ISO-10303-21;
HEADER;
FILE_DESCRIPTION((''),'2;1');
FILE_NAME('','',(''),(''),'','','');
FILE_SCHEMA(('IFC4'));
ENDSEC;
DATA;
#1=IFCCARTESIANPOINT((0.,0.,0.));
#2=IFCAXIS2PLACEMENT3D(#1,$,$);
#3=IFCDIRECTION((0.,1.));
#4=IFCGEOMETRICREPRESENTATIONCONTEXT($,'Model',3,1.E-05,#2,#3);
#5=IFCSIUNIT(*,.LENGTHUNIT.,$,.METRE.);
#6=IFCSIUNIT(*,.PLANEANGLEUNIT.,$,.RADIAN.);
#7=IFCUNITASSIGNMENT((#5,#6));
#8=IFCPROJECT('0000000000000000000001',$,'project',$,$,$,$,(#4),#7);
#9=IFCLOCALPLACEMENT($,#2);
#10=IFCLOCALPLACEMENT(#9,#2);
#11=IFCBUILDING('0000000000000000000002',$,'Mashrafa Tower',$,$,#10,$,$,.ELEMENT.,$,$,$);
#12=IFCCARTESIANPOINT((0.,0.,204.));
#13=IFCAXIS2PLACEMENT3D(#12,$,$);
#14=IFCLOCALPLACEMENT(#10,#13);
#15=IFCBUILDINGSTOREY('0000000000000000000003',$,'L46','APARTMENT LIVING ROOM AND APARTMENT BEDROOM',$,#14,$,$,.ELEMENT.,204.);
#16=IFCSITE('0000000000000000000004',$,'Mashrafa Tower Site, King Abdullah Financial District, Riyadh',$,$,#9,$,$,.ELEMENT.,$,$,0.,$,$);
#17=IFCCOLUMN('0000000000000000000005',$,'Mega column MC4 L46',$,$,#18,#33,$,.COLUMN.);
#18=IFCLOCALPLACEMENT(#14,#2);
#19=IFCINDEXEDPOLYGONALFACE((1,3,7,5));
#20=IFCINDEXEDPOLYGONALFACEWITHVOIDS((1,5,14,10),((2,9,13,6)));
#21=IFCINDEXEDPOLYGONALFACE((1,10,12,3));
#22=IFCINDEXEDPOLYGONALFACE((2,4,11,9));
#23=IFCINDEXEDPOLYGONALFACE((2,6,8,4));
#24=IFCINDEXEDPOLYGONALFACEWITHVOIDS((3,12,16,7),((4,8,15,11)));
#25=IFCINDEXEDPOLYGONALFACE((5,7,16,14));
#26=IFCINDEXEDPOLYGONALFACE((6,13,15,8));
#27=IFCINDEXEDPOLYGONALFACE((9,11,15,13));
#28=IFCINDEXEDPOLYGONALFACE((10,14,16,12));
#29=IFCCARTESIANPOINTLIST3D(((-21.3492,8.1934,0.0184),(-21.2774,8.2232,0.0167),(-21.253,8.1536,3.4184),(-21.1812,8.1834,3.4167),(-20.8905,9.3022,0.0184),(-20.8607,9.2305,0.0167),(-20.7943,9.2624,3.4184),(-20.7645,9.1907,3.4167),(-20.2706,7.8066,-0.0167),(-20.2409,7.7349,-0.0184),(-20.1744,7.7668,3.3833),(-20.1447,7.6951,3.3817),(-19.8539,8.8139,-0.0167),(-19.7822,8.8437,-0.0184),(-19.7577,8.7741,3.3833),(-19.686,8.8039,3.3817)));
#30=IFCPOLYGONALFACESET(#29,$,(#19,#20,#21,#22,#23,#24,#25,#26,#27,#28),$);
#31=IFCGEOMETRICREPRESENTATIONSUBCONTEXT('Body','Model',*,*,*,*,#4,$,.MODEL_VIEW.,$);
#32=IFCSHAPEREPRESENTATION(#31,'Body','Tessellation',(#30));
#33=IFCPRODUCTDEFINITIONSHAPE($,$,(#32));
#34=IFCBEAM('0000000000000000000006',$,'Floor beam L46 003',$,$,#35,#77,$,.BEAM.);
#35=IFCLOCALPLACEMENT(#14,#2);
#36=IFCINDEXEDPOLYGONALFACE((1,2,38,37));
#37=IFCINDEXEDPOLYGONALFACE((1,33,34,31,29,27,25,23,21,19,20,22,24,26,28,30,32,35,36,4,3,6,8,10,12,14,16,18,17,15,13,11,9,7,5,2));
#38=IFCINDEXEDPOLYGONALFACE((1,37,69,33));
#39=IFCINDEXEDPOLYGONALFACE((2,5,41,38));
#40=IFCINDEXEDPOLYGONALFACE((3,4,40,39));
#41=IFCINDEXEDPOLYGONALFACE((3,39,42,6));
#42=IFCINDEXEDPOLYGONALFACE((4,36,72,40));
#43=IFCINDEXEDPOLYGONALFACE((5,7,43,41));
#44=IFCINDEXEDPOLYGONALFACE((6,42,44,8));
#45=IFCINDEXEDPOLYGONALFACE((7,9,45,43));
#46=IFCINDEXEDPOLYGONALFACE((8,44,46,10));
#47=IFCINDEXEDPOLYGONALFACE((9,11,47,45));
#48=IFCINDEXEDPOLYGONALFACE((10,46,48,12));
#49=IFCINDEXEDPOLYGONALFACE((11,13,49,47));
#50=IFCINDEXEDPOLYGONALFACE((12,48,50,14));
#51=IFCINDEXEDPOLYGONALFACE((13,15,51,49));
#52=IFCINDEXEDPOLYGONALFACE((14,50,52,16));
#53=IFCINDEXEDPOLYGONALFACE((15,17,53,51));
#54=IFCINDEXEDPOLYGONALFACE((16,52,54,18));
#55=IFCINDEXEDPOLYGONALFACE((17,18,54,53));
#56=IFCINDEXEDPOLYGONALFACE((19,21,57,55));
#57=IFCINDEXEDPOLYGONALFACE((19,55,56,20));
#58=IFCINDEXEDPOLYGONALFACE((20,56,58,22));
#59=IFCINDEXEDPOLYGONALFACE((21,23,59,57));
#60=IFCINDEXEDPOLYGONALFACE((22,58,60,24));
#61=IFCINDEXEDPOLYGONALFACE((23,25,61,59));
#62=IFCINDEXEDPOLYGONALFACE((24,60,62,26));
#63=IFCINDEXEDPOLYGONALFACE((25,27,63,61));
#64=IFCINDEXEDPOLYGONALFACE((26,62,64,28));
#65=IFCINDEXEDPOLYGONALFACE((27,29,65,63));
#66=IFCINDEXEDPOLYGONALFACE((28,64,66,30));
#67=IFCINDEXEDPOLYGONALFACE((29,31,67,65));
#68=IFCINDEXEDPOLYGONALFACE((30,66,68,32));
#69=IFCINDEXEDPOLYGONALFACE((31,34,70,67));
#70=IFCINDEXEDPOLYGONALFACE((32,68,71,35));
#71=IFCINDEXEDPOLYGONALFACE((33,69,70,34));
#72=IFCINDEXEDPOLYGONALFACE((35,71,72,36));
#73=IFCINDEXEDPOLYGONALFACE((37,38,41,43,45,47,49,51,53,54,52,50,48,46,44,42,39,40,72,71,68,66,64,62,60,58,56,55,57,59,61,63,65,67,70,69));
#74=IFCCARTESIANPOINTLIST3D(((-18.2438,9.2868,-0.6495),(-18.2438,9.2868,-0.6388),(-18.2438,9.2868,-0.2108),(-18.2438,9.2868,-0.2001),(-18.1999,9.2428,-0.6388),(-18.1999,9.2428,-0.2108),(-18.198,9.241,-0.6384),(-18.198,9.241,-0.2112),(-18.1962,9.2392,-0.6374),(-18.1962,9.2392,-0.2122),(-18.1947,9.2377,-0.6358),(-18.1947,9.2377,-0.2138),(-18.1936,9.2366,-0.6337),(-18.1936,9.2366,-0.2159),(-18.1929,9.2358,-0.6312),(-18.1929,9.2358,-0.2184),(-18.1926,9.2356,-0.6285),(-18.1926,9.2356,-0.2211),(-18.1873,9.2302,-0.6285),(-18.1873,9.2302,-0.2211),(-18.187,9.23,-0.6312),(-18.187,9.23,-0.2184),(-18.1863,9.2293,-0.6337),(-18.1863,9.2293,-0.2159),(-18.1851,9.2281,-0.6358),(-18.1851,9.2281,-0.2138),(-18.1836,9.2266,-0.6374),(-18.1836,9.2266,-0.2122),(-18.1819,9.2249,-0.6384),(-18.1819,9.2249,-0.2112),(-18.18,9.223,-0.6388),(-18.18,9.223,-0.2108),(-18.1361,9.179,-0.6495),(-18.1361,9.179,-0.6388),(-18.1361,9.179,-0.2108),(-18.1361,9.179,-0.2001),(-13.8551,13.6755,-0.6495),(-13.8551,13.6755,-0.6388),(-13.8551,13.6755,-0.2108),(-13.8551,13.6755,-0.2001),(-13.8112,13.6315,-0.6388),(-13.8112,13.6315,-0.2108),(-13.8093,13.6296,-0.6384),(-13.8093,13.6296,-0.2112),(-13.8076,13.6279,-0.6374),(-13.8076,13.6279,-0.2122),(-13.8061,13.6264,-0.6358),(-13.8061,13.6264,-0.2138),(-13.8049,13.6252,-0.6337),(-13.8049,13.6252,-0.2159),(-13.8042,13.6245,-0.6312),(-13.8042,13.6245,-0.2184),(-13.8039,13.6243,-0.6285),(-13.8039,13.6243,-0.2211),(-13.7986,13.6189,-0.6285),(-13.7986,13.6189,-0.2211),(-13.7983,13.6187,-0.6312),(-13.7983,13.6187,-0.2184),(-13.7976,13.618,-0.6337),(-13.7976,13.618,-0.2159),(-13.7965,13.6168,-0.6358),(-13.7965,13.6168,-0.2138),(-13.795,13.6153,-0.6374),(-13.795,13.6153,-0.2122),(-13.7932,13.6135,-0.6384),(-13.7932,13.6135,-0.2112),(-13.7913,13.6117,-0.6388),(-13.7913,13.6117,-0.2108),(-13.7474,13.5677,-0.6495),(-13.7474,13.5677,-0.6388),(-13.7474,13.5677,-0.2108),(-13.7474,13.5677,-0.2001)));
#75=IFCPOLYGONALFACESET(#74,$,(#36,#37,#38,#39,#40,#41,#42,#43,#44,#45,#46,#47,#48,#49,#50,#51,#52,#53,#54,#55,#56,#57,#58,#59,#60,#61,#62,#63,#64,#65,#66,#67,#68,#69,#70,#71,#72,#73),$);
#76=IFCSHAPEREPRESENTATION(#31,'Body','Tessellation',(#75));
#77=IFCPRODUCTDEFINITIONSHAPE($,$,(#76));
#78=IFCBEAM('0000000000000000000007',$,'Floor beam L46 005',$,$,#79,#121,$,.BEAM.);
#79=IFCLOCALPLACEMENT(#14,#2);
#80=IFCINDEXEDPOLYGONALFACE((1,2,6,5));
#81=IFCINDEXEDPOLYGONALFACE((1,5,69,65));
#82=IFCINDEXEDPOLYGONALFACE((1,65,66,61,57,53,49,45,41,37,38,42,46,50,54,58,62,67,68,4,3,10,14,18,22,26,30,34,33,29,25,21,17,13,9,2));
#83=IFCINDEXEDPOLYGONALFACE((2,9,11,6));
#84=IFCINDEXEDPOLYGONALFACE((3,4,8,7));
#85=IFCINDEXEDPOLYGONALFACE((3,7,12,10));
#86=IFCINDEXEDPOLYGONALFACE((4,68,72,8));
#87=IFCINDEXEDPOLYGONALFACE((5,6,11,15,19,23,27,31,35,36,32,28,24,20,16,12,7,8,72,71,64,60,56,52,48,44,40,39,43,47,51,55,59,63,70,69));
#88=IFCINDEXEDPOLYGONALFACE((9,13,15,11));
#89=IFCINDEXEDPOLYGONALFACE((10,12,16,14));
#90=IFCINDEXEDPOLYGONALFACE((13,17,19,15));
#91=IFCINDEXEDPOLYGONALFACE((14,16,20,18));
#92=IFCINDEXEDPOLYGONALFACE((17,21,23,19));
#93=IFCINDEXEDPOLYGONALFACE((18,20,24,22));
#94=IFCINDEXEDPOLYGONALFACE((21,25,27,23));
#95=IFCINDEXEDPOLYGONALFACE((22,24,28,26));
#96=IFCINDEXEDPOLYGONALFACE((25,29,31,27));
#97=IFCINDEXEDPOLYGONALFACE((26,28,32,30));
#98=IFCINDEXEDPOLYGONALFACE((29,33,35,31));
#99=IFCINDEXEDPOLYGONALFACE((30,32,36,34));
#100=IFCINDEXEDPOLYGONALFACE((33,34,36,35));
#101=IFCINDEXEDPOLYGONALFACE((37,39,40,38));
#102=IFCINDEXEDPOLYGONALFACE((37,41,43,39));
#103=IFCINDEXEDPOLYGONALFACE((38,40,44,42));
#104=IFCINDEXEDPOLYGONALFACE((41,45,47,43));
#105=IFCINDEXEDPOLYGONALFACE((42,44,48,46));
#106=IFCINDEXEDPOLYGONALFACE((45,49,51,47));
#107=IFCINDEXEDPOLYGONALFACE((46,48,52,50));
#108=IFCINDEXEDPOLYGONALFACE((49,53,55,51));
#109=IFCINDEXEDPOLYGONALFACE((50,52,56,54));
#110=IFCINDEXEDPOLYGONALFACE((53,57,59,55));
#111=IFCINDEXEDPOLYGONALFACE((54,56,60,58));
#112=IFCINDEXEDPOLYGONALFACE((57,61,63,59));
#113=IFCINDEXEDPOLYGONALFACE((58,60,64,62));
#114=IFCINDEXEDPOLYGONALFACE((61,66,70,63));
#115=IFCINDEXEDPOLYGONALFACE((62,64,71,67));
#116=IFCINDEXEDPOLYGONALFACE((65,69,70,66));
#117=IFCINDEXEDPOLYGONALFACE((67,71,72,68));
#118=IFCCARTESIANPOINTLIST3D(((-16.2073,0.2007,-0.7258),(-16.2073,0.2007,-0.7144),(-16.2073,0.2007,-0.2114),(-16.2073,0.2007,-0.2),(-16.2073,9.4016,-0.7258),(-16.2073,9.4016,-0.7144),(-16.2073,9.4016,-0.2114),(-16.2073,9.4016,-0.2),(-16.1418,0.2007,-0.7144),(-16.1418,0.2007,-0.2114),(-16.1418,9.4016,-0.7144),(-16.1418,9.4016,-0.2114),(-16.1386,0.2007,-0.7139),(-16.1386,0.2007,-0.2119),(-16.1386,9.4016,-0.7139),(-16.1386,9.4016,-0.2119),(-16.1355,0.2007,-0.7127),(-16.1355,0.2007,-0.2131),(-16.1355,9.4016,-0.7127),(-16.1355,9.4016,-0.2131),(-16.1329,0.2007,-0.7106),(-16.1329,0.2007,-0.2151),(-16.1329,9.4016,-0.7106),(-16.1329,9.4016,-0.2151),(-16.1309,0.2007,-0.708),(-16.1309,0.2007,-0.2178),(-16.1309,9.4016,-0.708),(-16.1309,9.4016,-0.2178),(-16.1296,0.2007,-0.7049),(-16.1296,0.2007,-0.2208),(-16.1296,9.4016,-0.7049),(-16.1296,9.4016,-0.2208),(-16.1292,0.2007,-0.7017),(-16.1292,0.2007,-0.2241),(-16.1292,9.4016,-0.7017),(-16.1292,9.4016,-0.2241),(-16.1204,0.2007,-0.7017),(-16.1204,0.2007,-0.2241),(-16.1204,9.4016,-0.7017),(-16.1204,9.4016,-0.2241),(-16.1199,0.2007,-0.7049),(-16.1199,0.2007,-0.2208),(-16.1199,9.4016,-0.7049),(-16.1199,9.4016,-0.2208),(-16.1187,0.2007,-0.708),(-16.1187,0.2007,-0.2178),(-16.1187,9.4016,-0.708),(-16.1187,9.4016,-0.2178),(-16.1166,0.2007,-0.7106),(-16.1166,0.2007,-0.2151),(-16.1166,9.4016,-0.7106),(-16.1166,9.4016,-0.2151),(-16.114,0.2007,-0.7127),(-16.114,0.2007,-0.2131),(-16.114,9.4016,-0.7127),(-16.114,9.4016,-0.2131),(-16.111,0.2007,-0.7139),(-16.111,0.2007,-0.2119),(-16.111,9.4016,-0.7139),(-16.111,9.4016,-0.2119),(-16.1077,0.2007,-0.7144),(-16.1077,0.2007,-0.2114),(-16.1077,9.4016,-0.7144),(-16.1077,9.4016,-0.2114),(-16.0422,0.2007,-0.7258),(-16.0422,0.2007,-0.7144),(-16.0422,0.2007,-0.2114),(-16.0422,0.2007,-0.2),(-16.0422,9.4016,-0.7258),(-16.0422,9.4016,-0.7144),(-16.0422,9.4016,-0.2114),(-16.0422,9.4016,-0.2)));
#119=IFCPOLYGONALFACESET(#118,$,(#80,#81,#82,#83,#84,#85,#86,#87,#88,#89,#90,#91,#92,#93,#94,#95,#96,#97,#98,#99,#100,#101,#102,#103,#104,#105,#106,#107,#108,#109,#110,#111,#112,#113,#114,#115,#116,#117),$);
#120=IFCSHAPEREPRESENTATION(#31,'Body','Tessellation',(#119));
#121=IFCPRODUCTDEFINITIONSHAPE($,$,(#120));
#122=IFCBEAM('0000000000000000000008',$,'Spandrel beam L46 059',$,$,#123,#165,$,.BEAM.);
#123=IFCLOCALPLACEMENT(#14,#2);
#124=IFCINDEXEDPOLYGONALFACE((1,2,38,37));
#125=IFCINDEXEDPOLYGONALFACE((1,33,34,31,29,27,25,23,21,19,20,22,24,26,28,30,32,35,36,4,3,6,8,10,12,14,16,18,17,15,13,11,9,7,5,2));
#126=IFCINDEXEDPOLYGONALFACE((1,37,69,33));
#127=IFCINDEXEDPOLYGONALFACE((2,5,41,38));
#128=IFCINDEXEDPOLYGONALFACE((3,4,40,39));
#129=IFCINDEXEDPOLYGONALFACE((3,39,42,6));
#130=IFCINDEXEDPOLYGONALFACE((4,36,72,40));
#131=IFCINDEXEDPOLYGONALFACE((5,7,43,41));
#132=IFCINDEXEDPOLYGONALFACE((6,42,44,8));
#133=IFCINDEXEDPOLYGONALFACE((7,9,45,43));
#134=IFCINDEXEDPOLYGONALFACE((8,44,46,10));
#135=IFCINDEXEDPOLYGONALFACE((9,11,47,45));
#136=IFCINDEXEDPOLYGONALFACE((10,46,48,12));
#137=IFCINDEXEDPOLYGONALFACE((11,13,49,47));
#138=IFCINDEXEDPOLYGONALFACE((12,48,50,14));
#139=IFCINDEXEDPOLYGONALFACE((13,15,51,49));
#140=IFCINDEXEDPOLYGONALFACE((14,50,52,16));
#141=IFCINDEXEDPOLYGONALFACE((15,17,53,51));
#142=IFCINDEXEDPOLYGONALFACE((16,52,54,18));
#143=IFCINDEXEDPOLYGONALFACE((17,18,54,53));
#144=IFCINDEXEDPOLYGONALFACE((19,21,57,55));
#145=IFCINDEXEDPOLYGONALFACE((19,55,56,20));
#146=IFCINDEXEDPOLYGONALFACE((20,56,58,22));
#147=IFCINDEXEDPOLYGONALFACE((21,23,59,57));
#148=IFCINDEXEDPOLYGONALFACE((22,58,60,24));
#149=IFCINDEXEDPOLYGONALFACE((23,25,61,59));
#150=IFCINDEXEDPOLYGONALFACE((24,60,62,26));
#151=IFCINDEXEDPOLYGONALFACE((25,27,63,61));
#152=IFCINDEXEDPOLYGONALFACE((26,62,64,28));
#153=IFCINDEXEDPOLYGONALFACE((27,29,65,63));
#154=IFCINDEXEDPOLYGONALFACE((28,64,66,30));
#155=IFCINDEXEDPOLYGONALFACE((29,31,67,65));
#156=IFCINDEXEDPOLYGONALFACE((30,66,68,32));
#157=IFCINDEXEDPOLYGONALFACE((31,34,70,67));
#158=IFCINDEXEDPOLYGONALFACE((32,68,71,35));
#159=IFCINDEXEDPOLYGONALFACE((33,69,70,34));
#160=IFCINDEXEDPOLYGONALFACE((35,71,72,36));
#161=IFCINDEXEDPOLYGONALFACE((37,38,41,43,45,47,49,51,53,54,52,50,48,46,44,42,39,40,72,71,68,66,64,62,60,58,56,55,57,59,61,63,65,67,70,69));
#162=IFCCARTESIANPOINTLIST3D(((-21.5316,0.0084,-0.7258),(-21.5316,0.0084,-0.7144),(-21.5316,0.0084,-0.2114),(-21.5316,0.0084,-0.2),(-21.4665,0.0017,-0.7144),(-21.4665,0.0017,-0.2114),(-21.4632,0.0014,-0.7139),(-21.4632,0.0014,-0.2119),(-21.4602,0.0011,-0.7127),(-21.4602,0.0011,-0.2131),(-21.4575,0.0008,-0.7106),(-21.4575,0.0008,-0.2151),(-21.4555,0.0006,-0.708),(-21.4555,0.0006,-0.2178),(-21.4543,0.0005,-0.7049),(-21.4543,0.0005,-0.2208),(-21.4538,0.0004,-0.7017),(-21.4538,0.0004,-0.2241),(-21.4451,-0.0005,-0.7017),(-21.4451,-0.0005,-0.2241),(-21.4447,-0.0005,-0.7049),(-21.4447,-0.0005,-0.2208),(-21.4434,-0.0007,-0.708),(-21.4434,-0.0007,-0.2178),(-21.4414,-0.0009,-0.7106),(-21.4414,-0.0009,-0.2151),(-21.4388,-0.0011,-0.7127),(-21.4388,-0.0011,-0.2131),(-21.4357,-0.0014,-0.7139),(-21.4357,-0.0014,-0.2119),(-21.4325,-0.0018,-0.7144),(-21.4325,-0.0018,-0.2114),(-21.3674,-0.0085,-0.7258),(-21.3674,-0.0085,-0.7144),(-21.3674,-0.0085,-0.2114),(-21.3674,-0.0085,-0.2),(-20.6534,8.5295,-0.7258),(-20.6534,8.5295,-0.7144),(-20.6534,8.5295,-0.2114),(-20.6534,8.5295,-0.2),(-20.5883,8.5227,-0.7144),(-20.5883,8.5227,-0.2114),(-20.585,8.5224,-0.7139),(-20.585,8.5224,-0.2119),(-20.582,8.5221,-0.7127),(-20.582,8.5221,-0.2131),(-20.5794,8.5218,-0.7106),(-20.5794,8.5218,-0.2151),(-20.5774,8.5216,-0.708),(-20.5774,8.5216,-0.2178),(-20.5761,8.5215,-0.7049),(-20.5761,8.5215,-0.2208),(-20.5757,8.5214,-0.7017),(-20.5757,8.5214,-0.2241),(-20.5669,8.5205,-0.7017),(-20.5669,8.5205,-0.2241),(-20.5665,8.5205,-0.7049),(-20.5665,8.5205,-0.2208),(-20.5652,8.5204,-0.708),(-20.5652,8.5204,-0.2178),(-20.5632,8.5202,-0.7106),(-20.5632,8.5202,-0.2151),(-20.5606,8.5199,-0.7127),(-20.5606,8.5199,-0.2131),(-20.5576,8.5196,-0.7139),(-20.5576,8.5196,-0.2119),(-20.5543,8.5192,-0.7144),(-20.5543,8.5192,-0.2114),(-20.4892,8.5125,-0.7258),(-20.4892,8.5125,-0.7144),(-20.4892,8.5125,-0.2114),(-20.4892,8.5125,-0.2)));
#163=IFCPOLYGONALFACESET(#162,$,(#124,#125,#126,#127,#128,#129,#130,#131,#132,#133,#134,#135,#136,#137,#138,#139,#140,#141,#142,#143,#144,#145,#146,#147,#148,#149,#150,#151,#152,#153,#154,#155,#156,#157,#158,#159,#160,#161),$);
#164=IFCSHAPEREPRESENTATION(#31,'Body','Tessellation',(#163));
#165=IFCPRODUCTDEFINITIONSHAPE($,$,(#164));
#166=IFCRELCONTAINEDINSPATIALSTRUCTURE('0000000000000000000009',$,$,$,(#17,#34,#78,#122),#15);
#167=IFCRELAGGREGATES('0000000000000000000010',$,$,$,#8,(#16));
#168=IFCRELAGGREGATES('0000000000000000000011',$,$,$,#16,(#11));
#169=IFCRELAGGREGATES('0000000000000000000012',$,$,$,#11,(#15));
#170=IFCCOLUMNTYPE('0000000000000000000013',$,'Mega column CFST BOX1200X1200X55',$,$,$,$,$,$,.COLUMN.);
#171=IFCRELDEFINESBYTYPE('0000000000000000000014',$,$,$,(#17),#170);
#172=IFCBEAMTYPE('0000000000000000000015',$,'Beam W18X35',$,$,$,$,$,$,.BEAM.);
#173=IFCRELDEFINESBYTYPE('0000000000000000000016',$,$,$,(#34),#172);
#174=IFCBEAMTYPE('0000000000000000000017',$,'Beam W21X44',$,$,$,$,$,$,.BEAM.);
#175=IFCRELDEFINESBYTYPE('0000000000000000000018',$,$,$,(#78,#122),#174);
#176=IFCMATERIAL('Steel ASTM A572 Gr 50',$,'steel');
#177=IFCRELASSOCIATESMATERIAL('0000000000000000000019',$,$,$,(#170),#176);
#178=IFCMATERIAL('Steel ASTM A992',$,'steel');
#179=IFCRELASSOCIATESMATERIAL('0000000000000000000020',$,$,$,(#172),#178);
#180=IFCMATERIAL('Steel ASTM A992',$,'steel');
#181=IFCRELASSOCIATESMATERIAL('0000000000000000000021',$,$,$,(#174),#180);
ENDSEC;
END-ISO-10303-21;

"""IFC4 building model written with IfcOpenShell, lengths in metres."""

from ifc_helpers import new_model, si_unit, direction, frame, origin, origin_2d, place, context, subcontext, project, spatial, hollow_rectangle, i_section, extrude, material, material_profile, profile_set, type_object, element, save


model = new_model("IFC4")

# Units and contexts
model_context = context("Model", 3, precision=1e-05, world=origin(), true_north=direction((0.0, 1.0)))
body_context = subcontext(model_context, "Body", "Model", "MODEL_VIEW")
ifc_project = project(units=[si_unit("LENGTHUNIT", "METRE"), si_unit("PLANEANGLEUNIT", "RADIAN")], contexts=[model_context])

# Site, building, storey
site_placement = place(None, origin())
site = spatial("IfcSite", under=ifc_project, at=site_placement, Name="Mashrafa Tower Site, King Abdullah Financial District, Riyadh", CompositionType="ELEMENT", RefElevation=0.0)
building_placement = place(site_placement, origin())
building = spatial("IfcBuilding", under=site, at=building_placement, Name="Mashrafa Tower", CompositionType="ELEMENT")
storey_placement = place(building_placement, frame((0.0, 0.0, 204.0)))
storey = spatial("IfcBuildingStorey", under=building, at=storey_placement, Name="L46", Description="APARTMENT LIVING ROOM AND APARTMENT BEDROOM", CompositionType="ELEMENT", Elevation=204.0)

# Column
ifc_material_1 = material(Name="Steel ASTM A572 Gr 50", Category="steel")
ifc_material_profile_1 = material_profile(ifc_material_1, hollow_rectangle(XDim=1.2, YDim=1.2, WallThickness=0.0549, at=origin_2d()), Name="BOX1200X1200X55")
ifc_profile_set_1 = profile_set([ifc_material_profile_1], Name="Steel ASTM A572 Gr 50")
column_type = type_object("IfcColumnType", Name="Mega column CFST BOX1200X1200X55", PredefinedType="COLUMN", material=ifc_profile_set_1)
column_placement = place(storey_placement, frame((-20.5657, 8.5186, 0.0), z_axis=(0.028279, -0.011699, 0.999532), x_axis=(0.382283, 0.924045, 0.0)))
element("IfcColumn", 1, at=column_placement, inside=storey, type_object=column_type, Name="Mega column MC4 L46", PredefinedType="COLUMN", context=body_context, shape_type="SweptSolid", body=[
    extrude(hollow_rectangle(XDim=1.2, YDim=1.2, WallThickness=0.0549, at=origin_2d()), origin(), (0.0, 0.0, 1.0), 3.4016),
])

# Beams
ifc_material_2 = material(Name="Steel ASTM A992", Category="steel")
ifc_material_profile_2 = material_profile(ifc_material_2, i_section(OverallWidth=0.1523, OverallDepth=0.4495, WebThickness=0.0076, FlangeThickness=0.0107, FilletRadius=0.0103, at=origin_2d()), Name="W18X35")
ifc_profile_set_2 = profile_set([ifc_material_profile_2], Name="Steel ASTM A992")
beam_type_1 = type_object("IfcBeamType", Name="Beam W18X35", PredefinedType="BEAM", material=ifc_profile_set_2)
beam_1_placement = place(storey_placement, frame((-18.1899, 9.2329, -0.4248), z_axis=(0.707107, 0.707107, 0.0), x_axis=(-0.707107, 0.707107, 0.0)))
element("IfcBeam", 2, at=beam_1_placement, inside=storey, type_object=beam_type_1, Name="Floor beam L46 003", PredefinedType="BEAM", context=body_context, shape_type="SweptSolid", body=[
    extrude(i_section(OverallWidth=0.1523, OverallDepth=0.4495, WebThickness=0.0076, FlangeThickness=0.0107, FilletRadius=0.0103, at=origin_2d()), origin(), (0.0, 0.0, 1.0), 6.2065),
])
ifc_material_3 = material(Name="Steel ASTM A992", Category="steel")
ifc_material_profile_3 = material_profile(ifc_material_3, i_section(OverallWidth=0.165, OverallDepth=0.5259, WebThickness=0.0088, FlangeThickness=0.0115, FilletRadius=0.0127, at=origin_2d()), Name="W21X44")
ifc_profile_set_3 = profile_set([ifc_material_profile_3], Name="Steel ASTM A992")
beam_type_2 = type_object("IfcBeamType", Name="Beam W21X44", PredefinedType="BEAM", material=ifc_profile_set_3)
beam_2_placement = place(storey_placement, frame((-16.1248, 0.2007, -0.4629), z_axis=(0.0, 1.0, 0.0), x_axis=(-1.0, 0.0, 0.0)))
element("IfcBeam", 3, at=beam_2_placement, inside=storey, type_object=beam_type_2, Name="Floor beam L46 005", PredefinedType="BEAM", context=body_context, shape_type="SweptSolid", body=[
    extrude(i_section(OverallWidth=0.165, OverallDepth=0.5259, WebThickness=0.0088, FlangeThickness=0.0115, FilletRadius=0.0127, at=origin_2d()), origin(), (0.0, 0.0, 1.0), 9.2009),
])
beam_3_placement = place(storey_placement, frame((-20.5713, 8.521, -0.4629), z_axis=(-0.102517, -0.994731, 0.0), x_axis=(0.994731, -0.102517, 0.0)))
element("IfcBeam", 4, at=beam_3_placement, inside=storey, type_object=beam_type_2, Name="Spandrel beam L46 059", PredefinedType="BEAM", context=body_context, shape_type="SweptSolid", body=[
    extrude(i_section(OverallWidth=0.165, OverallDepth=0.5259, WebThickness=0.0088, FlangeThickness=0.0115, FilletRadius=0.0127, at=origin_2d()), origin(), (0.0, 0.0, 1.0), 8.5662),
])

save(model, "model.ifc")
